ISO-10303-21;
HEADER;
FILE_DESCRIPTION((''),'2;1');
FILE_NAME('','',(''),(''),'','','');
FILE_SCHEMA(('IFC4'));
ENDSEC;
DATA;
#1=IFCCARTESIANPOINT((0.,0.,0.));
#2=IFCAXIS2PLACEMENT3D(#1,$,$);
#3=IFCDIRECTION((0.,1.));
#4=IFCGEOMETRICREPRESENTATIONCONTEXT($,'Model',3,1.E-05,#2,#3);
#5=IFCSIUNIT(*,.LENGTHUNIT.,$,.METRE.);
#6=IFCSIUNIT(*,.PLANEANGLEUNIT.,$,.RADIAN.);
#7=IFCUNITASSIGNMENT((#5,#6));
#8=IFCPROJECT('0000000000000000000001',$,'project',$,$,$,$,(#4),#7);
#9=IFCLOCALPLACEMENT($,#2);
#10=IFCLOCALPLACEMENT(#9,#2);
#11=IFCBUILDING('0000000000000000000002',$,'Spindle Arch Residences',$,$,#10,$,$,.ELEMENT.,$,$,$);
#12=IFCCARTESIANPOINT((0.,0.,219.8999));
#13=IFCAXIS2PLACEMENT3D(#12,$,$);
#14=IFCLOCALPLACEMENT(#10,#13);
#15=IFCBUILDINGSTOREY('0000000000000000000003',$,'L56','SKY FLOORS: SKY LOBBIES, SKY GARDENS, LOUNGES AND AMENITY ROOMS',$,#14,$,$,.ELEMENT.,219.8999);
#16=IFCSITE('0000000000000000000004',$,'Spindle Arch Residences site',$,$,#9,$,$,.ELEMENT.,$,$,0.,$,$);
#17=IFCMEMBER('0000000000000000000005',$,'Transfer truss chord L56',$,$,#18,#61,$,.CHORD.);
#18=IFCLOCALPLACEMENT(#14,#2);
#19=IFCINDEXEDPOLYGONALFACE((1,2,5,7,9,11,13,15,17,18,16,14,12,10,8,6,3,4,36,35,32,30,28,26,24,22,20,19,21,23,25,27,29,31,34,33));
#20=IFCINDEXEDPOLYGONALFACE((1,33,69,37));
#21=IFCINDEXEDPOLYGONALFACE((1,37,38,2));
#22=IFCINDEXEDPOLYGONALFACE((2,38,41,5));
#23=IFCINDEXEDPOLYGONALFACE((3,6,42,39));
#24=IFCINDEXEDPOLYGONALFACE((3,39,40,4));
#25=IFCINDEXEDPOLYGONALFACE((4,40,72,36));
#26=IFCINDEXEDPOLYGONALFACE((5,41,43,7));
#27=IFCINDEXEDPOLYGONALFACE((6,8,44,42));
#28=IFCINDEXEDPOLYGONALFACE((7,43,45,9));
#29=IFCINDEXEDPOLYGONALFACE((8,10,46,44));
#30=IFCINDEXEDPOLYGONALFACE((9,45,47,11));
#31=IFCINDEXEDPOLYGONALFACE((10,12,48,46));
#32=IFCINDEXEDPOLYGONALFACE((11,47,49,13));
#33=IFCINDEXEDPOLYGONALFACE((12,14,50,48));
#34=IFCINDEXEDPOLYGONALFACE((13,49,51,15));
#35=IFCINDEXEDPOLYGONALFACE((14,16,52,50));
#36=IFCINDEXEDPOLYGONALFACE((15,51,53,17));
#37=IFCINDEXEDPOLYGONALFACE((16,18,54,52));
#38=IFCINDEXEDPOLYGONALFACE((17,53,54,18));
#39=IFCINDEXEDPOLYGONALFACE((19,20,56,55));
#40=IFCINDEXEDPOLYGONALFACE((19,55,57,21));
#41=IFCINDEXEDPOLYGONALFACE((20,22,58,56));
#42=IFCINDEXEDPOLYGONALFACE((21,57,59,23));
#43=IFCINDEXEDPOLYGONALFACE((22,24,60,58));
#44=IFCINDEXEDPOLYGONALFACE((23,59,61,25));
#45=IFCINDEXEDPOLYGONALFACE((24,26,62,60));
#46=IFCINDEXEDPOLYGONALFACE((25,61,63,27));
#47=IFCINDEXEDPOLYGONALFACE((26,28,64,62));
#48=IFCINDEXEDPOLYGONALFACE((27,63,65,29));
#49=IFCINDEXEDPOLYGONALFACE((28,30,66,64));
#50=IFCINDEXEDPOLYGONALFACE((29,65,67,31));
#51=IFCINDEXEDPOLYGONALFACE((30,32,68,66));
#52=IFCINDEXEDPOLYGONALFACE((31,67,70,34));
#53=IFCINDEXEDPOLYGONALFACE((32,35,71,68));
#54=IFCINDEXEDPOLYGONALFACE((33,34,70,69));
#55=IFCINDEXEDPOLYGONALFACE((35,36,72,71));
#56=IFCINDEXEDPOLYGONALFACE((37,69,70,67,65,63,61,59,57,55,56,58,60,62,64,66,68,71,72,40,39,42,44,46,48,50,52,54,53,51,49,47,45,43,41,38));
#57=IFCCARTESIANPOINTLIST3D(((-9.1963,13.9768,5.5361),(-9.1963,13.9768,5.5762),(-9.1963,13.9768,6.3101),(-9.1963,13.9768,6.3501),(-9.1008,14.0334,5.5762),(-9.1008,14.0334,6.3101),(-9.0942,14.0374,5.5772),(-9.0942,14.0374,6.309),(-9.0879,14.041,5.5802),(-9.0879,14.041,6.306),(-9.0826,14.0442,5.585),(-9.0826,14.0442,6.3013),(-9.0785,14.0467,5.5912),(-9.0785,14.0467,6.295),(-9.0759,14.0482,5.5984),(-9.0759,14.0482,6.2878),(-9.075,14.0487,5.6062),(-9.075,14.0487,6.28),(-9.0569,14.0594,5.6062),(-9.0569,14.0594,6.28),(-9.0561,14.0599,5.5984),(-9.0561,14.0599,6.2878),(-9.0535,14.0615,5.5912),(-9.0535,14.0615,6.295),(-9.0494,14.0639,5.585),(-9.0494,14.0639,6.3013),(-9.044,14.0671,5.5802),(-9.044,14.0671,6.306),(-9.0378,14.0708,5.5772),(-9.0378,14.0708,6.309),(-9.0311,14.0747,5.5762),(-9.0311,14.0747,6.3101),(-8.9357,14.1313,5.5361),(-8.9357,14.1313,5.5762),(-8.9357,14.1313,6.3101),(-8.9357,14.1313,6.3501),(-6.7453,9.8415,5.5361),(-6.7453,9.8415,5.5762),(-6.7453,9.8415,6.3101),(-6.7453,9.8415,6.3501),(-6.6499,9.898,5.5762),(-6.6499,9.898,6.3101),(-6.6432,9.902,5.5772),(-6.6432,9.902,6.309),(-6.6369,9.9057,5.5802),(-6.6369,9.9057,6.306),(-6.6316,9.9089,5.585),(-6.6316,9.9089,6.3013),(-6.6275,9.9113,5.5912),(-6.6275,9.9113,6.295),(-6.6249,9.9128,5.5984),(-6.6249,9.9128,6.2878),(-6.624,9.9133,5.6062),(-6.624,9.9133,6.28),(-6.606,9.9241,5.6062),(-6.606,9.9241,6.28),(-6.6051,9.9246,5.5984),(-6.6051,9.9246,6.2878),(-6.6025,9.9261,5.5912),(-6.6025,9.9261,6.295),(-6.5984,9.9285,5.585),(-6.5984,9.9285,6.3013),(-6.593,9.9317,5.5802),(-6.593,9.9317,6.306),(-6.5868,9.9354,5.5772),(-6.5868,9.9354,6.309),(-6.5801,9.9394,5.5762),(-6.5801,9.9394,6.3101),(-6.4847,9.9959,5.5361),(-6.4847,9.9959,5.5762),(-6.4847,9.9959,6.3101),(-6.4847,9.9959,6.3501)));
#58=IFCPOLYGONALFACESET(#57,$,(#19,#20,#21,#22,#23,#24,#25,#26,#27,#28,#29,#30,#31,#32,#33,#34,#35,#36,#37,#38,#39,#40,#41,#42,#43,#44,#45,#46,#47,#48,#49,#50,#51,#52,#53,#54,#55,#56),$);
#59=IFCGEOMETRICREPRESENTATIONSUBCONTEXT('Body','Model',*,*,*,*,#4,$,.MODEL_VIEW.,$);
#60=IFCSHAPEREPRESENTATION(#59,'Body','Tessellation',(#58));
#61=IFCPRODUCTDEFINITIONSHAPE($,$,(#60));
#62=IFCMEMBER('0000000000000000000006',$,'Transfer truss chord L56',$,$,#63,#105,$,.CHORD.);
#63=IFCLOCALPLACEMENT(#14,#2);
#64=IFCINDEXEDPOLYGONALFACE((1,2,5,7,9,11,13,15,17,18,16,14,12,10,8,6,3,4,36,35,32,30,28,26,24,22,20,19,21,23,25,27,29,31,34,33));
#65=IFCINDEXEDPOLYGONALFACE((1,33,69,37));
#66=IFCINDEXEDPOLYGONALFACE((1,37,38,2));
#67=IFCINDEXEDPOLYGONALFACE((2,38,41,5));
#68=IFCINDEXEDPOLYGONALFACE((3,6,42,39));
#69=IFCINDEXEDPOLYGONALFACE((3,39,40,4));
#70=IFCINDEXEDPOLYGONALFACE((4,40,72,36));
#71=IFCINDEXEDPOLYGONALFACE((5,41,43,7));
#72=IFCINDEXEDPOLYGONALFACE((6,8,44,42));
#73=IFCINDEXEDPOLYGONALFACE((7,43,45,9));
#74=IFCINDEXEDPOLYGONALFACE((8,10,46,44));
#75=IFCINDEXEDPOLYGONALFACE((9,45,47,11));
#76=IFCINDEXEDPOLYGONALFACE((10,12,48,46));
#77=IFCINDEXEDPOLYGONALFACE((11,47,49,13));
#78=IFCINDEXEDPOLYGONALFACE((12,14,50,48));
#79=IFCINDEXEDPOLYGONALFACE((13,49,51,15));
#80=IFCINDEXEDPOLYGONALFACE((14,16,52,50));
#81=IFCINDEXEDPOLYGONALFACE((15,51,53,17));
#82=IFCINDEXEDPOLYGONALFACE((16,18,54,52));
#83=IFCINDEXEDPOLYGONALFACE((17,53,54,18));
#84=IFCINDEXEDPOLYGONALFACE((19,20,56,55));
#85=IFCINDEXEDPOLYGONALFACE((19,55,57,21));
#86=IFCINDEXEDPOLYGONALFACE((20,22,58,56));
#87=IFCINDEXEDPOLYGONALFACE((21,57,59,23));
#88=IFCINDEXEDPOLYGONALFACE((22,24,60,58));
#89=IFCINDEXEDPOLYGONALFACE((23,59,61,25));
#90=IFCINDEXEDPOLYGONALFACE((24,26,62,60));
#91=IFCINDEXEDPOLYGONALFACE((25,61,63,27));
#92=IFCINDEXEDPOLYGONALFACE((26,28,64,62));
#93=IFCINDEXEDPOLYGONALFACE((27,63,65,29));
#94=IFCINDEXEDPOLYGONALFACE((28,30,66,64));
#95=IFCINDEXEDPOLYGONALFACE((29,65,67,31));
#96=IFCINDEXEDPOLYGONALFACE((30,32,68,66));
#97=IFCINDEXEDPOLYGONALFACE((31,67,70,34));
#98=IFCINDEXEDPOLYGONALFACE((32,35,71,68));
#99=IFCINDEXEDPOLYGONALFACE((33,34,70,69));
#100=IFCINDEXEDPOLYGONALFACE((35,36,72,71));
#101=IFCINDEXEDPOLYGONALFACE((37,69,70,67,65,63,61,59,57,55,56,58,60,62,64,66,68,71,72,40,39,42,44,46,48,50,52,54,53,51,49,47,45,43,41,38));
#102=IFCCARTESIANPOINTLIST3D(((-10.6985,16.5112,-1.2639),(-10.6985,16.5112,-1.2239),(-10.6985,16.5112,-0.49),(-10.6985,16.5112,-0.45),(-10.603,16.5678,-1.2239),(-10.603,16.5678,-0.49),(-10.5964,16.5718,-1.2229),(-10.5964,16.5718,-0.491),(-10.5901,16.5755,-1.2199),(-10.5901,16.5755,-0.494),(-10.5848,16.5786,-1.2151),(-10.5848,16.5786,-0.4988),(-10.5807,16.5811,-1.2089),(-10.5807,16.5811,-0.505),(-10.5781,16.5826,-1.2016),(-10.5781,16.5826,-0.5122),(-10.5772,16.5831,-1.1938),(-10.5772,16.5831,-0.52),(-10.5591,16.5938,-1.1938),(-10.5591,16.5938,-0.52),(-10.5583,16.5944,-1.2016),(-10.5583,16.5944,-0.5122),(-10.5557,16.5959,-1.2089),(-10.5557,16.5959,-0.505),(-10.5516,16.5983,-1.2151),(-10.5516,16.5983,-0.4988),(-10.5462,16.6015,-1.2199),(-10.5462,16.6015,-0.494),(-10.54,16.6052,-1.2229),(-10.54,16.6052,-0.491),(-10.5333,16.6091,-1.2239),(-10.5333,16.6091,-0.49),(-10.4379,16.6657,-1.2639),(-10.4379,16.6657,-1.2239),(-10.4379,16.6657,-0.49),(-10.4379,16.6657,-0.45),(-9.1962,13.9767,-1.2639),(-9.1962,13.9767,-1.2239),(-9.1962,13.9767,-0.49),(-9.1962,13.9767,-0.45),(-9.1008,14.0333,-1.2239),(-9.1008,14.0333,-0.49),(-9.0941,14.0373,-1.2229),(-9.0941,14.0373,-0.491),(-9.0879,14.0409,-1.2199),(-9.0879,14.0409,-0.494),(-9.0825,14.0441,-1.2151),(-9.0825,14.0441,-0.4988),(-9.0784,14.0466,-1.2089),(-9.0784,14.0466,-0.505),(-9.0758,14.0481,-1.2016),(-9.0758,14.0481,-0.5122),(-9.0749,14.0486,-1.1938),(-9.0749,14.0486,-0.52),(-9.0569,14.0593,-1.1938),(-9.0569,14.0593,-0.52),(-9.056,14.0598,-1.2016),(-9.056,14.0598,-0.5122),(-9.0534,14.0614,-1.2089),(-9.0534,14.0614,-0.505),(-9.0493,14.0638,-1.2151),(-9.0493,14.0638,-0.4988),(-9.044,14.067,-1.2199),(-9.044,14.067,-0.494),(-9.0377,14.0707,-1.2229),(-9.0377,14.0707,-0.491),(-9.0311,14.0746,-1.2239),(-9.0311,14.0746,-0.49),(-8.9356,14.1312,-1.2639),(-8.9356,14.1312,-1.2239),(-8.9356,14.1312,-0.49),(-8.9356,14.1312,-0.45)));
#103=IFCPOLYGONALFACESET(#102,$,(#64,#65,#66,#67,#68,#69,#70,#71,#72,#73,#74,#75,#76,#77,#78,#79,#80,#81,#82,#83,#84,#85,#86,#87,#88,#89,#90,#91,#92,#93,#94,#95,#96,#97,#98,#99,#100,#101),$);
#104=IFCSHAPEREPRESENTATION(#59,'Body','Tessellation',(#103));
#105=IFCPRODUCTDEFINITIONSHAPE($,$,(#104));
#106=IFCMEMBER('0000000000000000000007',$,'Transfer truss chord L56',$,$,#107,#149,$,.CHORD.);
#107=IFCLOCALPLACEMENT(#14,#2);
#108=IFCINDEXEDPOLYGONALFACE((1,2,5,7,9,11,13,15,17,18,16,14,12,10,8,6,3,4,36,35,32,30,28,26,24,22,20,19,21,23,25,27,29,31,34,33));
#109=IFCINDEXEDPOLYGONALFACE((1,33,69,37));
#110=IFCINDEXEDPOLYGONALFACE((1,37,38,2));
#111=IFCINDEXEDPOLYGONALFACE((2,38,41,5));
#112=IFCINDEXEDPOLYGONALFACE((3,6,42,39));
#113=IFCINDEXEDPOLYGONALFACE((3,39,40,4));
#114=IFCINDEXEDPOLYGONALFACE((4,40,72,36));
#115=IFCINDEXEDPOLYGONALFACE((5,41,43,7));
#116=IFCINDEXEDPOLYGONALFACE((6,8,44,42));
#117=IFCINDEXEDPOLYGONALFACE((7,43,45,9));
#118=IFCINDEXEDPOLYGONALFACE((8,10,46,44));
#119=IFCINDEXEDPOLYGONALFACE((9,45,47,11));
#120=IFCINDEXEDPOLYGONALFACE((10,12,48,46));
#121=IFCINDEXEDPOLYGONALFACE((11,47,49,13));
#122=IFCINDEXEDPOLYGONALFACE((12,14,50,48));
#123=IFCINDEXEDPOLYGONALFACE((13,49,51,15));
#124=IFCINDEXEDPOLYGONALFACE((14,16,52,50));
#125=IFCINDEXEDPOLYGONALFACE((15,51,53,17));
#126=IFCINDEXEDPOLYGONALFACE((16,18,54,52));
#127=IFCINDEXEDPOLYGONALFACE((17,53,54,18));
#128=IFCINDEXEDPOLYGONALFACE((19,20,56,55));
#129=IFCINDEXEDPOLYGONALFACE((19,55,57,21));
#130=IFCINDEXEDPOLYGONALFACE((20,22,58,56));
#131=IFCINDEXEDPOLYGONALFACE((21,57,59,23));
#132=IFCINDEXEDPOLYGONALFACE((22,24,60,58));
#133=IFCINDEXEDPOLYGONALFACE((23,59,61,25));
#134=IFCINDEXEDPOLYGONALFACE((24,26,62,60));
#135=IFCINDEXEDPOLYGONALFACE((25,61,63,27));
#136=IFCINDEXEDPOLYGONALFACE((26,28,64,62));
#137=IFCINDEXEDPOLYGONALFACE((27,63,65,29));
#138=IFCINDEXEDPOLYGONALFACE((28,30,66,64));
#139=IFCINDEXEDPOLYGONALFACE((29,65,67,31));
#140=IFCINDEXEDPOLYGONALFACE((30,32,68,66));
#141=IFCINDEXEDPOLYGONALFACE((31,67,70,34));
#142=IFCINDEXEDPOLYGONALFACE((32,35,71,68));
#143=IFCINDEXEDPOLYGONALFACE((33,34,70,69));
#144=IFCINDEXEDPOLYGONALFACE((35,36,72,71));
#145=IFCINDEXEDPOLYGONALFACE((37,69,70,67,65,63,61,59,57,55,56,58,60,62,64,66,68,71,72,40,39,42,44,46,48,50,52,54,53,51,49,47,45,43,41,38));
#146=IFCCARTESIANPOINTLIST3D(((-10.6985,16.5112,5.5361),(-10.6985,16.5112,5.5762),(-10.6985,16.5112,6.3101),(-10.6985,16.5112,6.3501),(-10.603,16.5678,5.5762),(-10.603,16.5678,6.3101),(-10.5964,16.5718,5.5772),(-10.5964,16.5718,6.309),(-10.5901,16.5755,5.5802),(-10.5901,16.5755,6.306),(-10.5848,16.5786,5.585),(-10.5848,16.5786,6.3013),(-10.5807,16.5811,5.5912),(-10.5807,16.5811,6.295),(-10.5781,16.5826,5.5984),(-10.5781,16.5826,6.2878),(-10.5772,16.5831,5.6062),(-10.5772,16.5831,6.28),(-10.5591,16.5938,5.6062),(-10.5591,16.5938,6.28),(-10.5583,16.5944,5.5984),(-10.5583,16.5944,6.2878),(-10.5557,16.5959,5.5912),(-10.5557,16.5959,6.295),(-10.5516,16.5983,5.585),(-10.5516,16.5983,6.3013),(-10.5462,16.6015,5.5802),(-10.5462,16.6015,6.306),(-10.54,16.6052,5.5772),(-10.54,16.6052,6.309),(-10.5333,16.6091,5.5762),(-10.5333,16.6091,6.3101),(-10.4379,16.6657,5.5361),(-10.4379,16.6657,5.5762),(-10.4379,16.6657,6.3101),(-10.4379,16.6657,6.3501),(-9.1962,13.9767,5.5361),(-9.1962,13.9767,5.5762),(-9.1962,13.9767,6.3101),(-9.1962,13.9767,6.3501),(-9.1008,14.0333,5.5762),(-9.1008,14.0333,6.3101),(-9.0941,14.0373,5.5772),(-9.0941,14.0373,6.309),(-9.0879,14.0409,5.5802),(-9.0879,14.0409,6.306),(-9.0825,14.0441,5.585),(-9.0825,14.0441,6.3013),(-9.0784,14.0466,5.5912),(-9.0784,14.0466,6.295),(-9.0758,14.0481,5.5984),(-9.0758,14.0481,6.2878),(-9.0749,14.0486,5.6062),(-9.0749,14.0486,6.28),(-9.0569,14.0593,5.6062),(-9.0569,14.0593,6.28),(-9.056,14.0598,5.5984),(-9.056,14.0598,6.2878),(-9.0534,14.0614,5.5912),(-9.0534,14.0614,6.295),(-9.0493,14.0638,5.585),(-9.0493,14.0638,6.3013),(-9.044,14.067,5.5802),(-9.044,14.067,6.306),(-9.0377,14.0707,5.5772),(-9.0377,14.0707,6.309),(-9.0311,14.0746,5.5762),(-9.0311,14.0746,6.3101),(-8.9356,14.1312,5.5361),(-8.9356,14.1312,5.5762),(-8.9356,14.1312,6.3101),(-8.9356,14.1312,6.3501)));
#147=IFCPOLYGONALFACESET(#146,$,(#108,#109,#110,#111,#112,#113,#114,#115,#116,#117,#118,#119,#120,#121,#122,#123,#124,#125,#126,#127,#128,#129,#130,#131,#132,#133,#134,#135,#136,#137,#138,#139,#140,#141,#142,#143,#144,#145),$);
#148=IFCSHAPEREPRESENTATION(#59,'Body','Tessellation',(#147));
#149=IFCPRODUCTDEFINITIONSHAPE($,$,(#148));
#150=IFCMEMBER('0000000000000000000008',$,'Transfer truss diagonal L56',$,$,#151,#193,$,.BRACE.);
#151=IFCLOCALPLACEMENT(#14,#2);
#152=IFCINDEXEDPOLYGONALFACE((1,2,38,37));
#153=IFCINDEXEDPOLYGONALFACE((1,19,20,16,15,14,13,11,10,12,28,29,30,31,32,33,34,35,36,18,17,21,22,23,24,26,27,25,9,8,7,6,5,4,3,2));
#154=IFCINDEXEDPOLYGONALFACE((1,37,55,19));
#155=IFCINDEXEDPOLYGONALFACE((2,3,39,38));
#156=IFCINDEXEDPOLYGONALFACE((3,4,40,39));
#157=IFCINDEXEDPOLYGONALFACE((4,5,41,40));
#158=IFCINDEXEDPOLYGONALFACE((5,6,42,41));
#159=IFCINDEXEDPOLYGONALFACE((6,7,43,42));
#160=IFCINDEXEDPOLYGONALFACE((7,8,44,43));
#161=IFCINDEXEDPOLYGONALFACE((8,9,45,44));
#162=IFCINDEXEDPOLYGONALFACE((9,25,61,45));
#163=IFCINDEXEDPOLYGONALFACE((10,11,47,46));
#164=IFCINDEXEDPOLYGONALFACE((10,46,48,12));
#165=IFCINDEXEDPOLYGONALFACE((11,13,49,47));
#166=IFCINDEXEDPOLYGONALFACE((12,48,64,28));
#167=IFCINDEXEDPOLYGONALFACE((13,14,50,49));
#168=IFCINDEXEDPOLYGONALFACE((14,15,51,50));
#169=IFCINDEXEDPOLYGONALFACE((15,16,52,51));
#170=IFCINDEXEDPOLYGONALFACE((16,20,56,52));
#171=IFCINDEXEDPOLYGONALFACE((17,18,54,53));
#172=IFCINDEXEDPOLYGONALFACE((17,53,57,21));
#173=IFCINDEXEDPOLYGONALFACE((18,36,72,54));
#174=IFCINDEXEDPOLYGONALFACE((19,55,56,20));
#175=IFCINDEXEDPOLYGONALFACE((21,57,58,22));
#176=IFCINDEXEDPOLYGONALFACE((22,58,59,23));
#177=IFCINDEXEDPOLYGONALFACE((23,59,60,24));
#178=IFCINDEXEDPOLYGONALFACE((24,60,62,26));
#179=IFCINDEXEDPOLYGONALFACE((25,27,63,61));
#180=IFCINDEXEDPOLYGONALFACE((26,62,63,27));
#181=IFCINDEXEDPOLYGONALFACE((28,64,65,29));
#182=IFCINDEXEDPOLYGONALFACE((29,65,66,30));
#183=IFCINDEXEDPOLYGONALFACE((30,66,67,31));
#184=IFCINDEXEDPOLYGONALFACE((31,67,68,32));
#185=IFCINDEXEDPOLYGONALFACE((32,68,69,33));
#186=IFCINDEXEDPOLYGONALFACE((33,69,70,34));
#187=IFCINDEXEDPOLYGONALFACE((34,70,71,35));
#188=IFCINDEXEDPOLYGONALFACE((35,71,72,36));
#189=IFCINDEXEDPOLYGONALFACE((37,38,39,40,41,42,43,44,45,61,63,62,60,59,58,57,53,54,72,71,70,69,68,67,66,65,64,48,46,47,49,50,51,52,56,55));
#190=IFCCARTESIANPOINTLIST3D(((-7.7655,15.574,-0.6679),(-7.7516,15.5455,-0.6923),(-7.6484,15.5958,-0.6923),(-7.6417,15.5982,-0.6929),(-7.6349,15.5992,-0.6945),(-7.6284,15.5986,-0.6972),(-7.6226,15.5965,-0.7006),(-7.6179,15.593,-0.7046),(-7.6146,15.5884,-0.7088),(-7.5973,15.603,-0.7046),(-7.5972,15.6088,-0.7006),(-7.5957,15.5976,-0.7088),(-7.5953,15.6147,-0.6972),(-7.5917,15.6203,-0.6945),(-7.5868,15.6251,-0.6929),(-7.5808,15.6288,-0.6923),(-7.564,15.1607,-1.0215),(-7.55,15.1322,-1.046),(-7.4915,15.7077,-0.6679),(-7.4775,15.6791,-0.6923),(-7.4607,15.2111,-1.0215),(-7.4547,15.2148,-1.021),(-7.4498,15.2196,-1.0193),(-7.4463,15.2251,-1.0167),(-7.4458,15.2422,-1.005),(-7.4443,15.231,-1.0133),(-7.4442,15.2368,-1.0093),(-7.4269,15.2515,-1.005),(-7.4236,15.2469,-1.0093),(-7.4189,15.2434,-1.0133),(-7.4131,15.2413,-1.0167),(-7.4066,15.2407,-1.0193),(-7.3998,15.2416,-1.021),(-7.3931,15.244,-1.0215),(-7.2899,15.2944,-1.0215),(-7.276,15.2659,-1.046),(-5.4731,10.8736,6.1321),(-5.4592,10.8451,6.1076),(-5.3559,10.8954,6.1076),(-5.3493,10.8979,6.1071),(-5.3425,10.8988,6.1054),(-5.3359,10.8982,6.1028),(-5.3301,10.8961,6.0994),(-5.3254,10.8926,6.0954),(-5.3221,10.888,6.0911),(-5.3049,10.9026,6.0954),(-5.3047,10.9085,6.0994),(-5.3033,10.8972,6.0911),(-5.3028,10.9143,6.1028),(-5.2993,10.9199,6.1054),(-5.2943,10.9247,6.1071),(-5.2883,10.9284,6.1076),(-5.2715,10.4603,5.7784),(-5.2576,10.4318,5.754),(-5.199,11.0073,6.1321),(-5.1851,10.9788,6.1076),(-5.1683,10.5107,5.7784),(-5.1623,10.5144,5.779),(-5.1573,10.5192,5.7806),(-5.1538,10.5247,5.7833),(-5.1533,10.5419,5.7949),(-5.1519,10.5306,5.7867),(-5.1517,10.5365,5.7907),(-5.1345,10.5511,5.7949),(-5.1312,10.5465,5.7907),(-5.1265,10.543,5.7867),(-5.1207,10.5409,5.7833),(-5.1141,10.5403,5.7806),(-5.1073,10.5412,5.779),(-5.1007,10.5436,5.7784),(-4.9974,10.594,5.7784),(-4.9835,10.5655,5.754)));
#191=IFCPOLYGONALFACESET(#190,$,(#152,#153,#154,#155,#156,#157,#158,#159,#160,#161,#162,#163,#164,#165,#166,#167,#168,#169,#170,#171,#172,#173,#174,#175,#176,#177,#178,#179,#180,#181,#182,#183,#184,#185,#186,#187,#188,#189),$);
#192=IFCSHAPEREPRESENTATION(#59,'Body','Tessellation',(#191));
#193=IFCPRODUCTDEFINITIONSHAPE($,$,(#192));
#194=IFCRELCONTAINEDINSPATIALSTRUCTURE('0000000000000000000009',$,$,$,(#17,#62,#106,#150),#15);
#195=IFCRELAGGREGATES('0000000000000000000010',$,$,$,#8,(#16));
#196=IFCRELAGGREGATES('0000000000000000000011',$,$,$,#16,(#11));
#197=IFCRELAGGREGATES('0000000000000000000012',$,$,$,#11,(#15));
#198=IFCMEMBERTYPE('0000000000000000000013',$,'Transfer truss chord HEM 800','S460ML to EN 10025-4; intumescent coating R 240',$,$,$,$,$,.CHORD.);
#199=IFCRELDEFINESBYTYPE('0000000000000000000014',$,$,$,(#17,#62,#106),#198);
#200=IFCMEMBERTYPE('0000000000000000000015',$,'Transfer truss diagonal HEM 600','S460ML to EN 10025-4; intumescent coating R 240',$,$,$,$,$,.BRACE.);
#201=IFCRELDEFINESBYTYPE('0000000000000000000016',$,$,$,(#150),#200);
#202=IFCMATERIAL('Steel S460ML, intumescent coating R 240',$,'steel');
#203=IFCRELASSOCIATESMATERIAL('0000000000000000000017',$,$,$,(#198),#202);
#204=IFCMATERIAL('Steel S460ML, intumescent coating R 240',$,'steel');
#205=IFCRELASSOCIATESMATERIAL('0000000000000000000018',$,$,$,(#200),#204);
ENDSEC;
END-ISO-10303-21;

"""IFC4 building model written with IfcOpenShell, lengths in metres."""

from ifc_helpers import new_model, si_unit, direction, frame, origin, origin_2d, place, context, subcontext, project, spatial, i_section, extrude, material, material_profile, profile_set, type_object, element, save


model = new_model("IFC4")

# Units and contexts
model_context = context("Model", 3, precision=1e-05, world=origin(), true_north=direction((0.0, 1.0)))
body_context = subcontext(model_context, "Body", "Model", "MODEL_VIEW")
ifc_project = project(units=[si_unit("LENGTHUNIT", "METRE"), si_unit("PLANEANGLEUNIT", "RADIAN")], contexts=[model_context])

# Site, building, storey
site_placement = place(None, origin())
site = spatial("IfcSite", under=ifc_project, at=site_placement, Name="Spindle Arch Residences site", CompositionType="ELEMENT", RefElevation=0.0)
building_placement = place(site_placement, origin())
building = spatial("IfcBuilding", under=site, at=building_placement, Name="Spindle Arch Residences", CompositionType="ELEMENT")
storey_placement = place(building_placement, frame((0.0, 0.0, 219.8999)))
storey = spatial("IfcBuildingStorey", under=building, at=storey_placement, Name="L56", Description="SKY FLOORS: SKY LOBBIES, SKY GARDENS, LOUNGES AND AMENITY ROOMS", CompositionType="ELEMENT", Elevation=219.8999)

# Members
ifc_material_1 = material(Name="Steel S460ML, intumescent coating R 240", Category="steel")
ifc_material_profile_1 = material_profile(ifc_material_1, i_section(OverallWidth=0.303, OverallDepth=0.814, WebThickness=0.021, FlangeThickness=0.04, FilletRadius=0.03, at=origin_2d()), Name="HEM 800")
ifc_profile_set_1 = profile_set([ifc_material_profile_1], Name="Steel S460ML, intumescent coating R 240")
member_type_1 = type_object("IfcMemberType", Name="Transfer truss chord HEM 800", Description="S460ML to EN 10025-4; intumescent coating R 240", PredefinedType="CHORD", material=ifc_profile_set_1)
member_1_placement = place(storey_placement, frame((-6.615, 9.9187, 5.9431), z_axis=(-0.509865, 0.860254, 0.0), x_axis=(-0.860254, -0.509865, 0.0)))
element("IfcMember", 1, at=member_1_placement, inside=storey, type_object=member_type_1, Name="Transfer truss chord L56", PredefinedType="CHORD", context=body_context, shape_type="SweptSolid", body=[
    extrude(i_section(OverallWidth=0.303, OverallDepth=0.814, WebThickness=0.021, FlangeThickness=0.04, FilletRadius=0.03, at=origin_2d()), origin(), (0.0, 0.0, 1.0), 4.8071),
])
for number, where, z_axis, x_axis, name in (
    (2, (-9.0659, 14.054, -0.8569), (-0.509882, 0.860244, 0.0), (-0.860244, -0.509882, 0.0), "Transfer truss chord L56"),
    (3, (-9.0659, 14.054, 5.9431), (-0.509882, 0.860244, 0.0), (-0.860244, -0.509882, 0.0), "Transfer truss chord L56"),
):
    element("IfcMember", number, at=place(storey_placement, frame(where, z_axis=z_axis, x_axis=x_axis)), inside=storey, type_object=member_type_1, Name=name, PredefinedType="CHORD", context=body_context, shape_type="SweptSolid", body=[
        extrude(i_section(OverallWidth=0.303, OverallDepth=0.814, WebThickness=0.021, FlangeThickness=0.04, FilletRadius=0.03, at=origin_2d()), origin(), (0.0, 0.0, 1.0), 2.9463),
    ])
ifc_material_2 = material(Name="Steel S460ML, intumescent coating R 240", Category="steel")
ifc_material_profile_2 = material_profile(ifc_material_2, i_section(OverallWidth=0.3049, OverallDepth=0.6201, WebThickness=0.021, FlangeThickness=0.04, FilletRadius=0.0271, at=origin_2d()), Name="HEM 600")
ifc_profile_set_2 = profile_set([ifc_material_profile_2], Name="Steel S460ML, intumescent coating R 240")
member_type_2 = type_object("IfcMemberType", Name="Transfer truss diagonal HEM 600", Description="S460ML to EN 10025-4; intumescent coating R 240", PredefinedType="BRACE", material=ifc_profile_set_2)
member_2_placement = place(storey_placement, frame((-7.5208, 15.4199, -0.8569), z_axis=(0.267236, -0.547934, 0.792687), x_axis=(0.8988, 0.438359, 0.0)))
element("IfcMember", 4, at=member_2_placement, inside=storey, type_object=member_type_2, Name="Transfer truss diagonal L56", PredefinedType="BRACE", context=body_context, shape_type="SweptSolid", body=[
    extrude(i_section(OverallWidth=0.3049, OverallDepth=0.6201, WebThickness=0.021, FlangeThickness=0.04, FilletRadius=0.0271, at=origin_2d()), origin(), (0.0, 0.0, 1.0), 8.5784),
])

save(model, "model.ifc")
